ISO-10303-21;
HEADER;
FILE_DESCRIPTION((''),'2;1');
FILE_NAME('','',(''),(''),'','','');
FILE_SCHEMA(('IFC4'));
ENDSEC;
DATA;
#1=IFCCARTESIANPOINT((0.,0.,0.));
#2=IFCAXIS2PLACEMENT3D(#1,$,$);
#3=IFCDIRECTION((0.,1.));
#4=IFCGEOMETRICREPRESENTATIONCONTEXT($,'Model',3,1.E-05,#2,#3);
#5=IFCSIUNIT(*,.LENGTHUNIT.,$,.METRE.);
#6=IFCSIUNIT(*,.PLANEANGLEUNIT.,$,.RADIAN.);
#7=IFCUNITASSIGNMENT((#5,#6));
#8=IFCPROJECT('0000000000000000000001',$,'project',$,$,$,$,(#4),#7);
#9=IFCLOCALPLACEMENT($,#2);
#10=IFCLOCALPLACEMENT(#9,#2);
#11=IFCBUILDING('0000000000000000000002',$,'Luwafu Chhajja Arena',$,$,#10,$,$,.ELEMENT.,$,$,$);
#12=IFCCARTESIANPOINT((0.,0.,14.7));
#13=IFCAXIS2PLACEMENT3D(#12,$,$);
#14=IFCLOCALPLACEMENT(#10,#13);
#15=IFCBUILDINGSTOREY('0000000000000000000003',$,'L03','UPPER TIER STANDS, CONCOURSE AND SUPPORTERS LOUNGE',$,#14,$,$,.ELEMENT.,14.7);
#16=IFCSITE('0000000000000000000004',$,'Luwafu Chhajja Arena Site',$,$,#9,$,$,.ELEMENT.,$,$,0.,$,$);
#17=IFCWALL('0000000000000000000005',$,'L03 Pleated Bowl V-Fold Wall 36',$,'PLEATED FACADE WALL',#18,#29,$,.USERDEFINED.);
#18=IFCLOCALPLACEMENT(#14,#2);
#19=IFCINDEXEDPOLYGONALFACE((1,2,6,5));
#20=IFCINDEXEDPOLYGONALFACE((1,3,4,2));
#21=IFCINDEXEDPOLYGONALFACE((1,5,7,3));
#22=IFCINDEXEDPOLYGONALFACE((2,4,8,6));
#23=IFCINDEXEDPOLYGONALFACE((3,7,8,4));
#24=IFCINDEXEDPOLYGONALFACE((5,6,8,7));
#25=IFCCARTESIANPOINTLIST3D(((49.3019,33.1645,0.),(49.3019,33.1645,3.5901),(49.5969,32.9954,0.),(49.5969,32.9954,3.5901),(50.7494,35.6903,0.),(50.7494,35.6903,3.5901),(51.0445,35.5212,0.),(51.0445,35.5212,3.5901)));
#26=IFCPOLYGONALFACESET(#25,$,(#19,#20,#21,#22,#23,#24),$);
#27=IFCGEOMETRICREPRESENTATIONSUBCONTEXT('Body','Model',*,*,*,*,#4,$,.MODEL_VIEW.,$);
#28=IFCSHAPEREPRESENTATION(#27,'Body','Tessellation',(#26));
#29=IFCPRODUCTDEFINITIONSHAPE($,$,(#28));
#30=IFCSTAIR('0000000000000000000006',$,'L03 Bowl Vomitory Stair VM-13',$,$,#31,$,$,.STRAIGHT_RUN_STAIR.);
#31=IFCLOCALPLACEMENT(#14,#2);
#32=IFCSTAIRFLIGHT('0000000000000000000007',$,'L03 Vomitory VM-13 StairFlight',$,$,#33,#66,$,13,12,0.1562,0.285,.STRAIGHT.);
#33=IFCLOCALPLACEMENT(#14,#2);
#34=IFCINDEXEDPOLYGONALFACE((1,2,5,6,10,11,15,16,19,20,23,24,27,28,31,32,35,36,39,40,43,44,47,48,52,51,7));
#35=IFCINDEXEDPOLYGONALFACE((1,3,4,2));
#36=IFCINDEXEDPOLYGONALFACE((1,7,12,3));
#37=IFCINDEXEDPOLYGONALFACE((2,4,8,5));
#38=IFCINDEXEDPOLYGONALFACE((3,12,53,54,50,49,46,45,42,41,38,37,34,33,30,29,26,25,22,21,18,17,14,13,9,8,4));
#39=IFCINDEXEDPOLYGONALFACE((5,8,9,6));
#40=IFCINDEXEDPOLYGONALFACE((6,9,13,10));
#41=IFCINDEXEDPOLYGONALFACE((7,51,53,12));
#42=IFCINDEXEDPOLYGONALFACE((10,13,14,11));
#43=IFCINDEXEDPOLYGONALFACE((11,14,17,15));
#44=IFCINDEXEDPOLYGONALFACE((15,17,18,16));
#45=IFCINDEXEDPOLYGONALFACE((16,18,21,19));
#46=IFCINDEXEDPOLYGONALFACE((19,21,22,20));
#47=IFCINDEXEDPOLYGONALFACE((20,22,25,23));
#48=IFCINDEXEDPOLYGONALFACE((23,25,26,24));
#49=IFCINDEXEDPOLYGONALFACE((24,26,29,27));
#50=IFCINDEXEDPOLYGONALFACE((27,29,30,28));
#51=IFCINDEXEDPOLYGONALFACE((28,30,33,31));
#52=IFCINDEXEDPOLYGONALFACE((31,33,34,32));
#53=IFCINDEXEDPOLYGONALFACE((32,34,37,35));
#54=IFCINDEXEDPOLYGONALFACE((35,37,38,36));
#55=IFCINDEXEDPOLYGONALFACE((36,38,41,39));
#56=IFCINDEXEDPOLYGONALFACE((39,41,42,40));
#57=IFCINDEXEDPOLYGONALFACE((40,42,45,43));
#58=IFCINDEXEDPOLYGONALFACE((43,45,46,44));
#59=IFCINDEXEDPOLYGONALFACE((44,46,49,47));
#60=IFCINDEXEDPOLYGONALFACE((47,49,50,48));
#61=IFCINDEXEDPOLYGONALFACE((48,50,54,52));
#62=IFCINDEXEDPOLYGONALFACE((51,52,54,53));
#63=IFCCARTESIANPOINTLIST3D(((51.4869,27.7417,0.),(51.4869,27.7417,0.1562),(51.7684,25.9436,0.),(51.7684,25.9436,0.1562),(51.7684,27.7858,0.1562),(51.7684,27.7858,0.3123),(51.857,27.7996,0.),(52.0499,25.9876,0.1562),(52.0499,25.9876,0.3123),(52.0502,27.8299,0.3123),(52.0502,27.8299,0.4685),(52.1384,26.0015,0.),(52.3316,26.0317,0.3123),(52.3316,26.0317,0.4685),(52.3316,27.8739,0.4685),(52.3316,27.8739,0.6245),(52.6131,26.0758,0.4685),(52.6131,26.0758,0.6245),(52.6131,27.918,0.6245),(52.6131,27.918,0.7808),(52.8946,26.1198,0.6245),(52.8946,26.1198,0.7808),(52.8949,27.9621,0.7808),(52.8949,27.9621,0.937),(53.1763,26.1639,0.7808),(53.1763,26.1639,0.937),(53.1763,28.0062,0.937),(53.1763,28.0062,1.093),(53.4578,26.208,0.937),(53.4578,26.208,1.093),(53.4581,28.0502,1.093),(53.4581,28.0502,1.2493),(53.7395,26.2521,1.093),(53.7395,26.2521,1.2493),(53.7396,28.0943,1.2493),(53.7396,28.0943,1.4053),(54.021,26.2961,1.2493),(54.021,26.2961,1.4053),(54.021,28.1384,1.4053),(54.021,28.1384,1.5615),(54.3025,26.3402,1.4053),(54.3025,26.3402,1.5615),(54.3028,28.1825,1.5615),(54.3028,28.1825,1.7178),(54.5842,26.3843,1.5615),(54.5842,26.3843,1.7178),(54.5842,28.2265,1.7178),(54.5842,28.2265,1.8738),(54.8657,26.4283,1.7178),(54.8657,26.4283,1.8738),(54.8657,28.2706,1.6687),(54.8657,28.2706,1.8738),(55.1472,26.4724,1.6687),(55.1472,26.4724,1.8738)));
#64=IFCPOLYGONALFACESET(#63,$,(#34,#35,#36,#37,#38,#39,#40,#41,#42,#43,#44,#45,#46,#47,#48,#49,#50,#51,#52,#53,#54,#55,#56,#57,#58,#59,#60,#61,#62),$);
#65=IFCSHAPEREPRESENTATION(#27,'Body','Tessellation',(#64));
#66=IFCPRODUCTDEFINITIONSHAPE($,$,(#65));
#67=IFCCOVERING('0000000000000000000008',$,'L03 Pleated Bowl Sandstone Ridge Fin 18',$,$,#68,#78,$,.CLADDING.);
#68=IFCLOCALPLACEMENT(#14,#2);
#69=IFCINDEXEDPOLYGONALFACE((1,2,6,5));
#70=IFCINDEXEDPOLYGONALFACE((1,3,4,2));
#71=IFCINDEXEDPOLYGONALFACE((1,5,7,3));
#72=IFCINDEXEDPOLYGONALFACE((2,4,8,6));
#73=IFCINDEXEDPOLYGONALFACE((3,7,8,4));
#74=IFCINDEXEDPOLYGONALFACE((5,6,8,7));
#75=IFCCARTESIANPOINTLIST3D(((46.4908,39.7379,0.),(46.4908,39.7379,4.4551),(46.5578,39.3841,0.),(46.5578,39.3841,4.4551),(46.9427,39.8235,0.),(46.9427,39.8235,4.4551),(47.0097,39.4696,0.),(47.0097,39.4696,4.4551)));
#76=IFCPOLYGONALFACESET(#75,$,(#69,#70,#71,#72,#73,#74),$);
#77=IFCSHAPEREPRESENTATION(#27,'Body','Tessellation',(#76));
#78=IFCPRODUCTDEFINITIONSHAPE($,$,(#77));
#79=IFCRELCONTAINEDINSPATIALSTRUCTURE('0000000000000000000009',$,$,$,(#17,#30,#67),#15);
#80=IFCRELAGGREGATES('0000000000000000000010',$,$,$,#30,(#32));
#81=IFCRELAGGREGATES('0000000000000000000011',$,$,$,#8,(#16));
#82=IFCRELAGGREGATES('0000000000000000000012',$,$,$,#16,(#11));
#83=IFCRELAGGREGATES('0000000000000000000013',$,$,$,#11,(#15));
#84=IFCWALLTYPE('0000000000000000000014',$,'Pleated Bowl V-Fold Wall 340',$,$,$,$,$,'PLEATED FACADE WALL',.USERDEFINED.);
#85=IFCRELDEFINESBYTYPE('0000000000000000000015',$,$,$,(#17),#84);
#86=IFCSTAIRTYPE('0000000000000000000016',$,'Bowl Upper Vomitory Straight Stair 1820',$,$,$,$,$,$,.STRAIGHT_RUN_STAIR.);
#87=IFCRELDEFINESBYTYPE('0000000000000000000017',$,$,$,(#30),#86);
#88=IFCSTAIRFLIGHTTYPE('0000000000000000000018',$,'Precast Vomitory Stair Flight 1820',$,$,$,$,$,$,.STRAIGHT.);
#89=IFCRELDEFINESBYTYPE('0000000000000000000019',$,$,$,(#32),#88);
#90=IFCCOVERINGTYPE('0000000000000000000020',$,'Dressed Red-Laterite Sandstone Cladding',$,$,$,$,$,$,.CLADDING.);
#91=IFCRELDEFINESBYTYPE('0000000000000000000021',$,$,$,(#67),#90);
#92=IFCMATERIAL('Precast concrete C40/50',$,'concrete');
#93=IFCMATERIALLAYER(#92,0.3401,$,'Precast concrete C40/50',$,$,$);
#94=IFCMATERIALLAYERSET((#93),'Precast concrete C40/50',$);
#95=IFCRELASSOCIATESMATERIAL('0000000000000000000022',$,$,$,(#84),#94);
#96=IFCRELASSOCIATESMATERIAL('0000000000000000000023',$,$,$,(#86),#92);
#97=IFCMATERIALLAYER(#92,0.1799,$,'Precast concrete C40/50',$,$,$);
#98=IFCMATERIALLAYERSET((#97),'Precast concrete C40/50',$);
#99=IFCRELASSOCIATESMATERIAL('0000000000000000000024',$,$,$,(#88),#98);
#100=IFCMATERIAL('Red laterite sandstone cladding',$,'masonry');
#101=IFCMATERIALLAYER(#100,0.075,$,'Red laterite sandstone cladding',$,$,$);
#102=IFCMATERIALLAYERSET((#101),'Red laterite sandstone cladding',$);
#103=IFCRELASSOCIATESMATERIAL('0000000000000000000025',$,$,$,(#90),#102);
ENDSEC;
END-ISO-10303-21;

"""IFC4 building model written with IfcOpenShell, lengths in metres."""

from ifc_helpers import new_model, si_unit, direction, frame, frame_2d, origin, origin_2d, place, context, subcontext, project, spatial, polyline, rectangle, outline, extrude, material, layer, layer_set, type_object, element, aggregate, save


model = new_model("IFC4")

# Units and contexts
model_context = context("Model", 3, precision=1e-05, world=origin(), true_north=direction((0.0, 1.0)))
body_context = subcontext(model_context, "Body", "Model", "MODEL_VIEW")
ifc_project = project(units=[si_unit("LENGTHUNIT", "METRE"), si_unit("PLANEANGLEUNIT", "RADIAN")], contexts=[model_context])

# Site, building, storey
site_placement = place(None, origin())
site = spatial("IfcSite", under=ifc_project, at=site_placement, Name="Luwafu Chhajja Arena Site", CompositionType="ELEMENT", RefElevation=0.0)
building_placement = place(site_placement, origin())
building = spatial("IfcBuilding", under=site, at=building_placement, Name="Luwafu Chhajja Arena", CompositionType="ELEMENT")
storey_placement = place(building_placement, frame((0.0, 0.0, 14.7)))
storey = spatial("IfcBuildingStorey", under=building, at=storey_placement, Name="L03", Description="UPPER TIER STANDS, CONCOURSE AND SUPPORTERS LOUNGE", CompositionType="ELEMENT", Elevation=14.7)

# Shared definitions
ifc_material_1 = material(Name="Precast concrete C40/50", Category="concrete")

# Shared definitions
ifc_layer_1 = layer(ifc_material_1, 0.3401, Name="Precast concrete C40/50")
ifc_layer_set_1 = layer_set([ifc_layer_1], Name="Precast concrete C40/50")
wall_type = type_object("IfcWallType", Name="Pleated Bowl V-Fold Wall 340", ElementType="PLEATED FACADE WALL", PredefinedType="USERDEFINED", material=ifc_layer_set_1)

# Wall
wall_1_placement = place(storey_placement, frame((50.897, 35.6057, 0.0), z_axis=(0.0, 0.0, 1.0), x_axis=(-0.497249, -0.867608, 0.0)))
element("IfcWall", 1, at=wall_1_placement, inside=storey, type_object=wall_type, Name="L03 Pleated Bowl V-Fold Wall 36", ObjectType="PLEATED FACADE WALL", PredefinedType="USERDEFINED", context=body_context, shape_type="SweptSolid", body=[
    extrude(rectangle(XDim=2.9111, YDim=0.3401, at=frame_2d((1.4556, 0.0))), origin(), (0.0, 0.0, 1.0), 3.5901),
])

# Stair, stair flight
stair_type = type_object("IfcStairType", Name="Bowl Upper Vomitory Straight Stair 1820", PredefinedType="STRAIGHT_RUN_STAIR", material=ifc_material_1)
stair_placement = place(storey_placement, origin())
stair = element("IfcStair", 2, at=stair_placement, inside=storey, type_object=stair_type, Name="L03 Bowl Vomitory Stair VM-13", PredefinedType="STRAIGHT_RUN_STAIR")
ifc_layer_2 = layer(ifc_material_1, 0.1799, Name="Precast concrete C40/50")
ifc_layer_set_2 = layer_set([ifc_layer_2], Name="Precast concrete C40/50")
stair_flight_type = type_object("IfcStairFlightType", Name="Precast Vomitory Stair Flight 1820", PredefinedType="STRAIGHT", material=ifc_layer_set_2)
stair_flight_placement = place(storey_placement, frame((51.6277, 26.8425, 0.0), z_axis=(0.0, 0.0, 1.0), x_axis=(0.987972, 0.154633, 0.0)))
stair_flight = element("IfcStairFlight", 3, at=stair_flight_placement, type_object=stair_flight_type, Name="L03 Vomitory VM-13 StairFlight", NumberOfRisers=13, NumberOfTreads=12, PredefinedType="STRAIGHT", RiserHeight=0.1562, TreadLength=0.285, context=body_context, shape_type="SweptSolid", body=[
    extrude(outline(polyline([(0.0, 0.0), (0.0, 0.1562), (0.2849, 0.1562), (0.2849, 0.3123), (0.5701, 0.3123), (0.5701, 0.4685), (0.855, 0.4685), (0.855, 0.6245), (1.1399, 0.6245), (1.1399, 0.7808), (1.425, 0.7808), (1.425, 0.937), (1.71, 0.937), (1.71, 1.093), (1.9951, 1.093), (1.9951, 1.2493), (2.28, 1.2493), (2.28, 1.4053), (2.5649, 1.4053), (2.5649, 1.5615), (2.8501, 1.5615), (2.8501, 1.7178), (3.135, 1.7178), (3.135, 1.8738), (3.4199, 1.8738), (3.4199, 2.03), (3.4199, 1.6687), (0.3745, 0.0), (0.0, 0.0)])), frame((0.0, 0.9102, 0.0), z_axis=(0.0, -1.0, 0.0), x_axis=(1.0, 0.0, 0.0)), (0.0, 0.0, 1.0), 1.8201),
])
aggregate(stair, [stair_flight])

# Covering
ifc_material_2 = material(Name="Red laterite sandstone cladding", Category="masonry")
ifc_layer_3 = layer(ifc_material_2, 0.075, Name="Red laterite sandstone cladding")
ifc_layer_set_3 = layer_set([ifc_layer_3], Name="Red laterite sandstone cladding")
covering_type = type_object("IfcCoveringType", Name="Dressed Red-Laterite Sandstone Cladding", PredefinedType="CLADDING", material=ifc_layer_set_3)
covering_placement = place(storey_placement, frame((46.7502, 39.6038, 0.0), z_axis=(0.0, 0.0, 1.0), x_axis=(-0.982532, -0.186093, 0.0)))
element("IfcCovering", 4, at=covering_placement, inside=storey, type_object=covering_type, Name="L03 Pleated Bowl Sandstone Ridge Fin 18", PredefinedType="CLADDING", context=body_context, shape_type="SweptSolid", body=[
    extrude(rectangle(XDim=0.46, YDim=0.3601, at=origin_2d()), origin(), (0.0, 0.0, 1.0), 4.4551),
])

save(model, "model.ifc")
